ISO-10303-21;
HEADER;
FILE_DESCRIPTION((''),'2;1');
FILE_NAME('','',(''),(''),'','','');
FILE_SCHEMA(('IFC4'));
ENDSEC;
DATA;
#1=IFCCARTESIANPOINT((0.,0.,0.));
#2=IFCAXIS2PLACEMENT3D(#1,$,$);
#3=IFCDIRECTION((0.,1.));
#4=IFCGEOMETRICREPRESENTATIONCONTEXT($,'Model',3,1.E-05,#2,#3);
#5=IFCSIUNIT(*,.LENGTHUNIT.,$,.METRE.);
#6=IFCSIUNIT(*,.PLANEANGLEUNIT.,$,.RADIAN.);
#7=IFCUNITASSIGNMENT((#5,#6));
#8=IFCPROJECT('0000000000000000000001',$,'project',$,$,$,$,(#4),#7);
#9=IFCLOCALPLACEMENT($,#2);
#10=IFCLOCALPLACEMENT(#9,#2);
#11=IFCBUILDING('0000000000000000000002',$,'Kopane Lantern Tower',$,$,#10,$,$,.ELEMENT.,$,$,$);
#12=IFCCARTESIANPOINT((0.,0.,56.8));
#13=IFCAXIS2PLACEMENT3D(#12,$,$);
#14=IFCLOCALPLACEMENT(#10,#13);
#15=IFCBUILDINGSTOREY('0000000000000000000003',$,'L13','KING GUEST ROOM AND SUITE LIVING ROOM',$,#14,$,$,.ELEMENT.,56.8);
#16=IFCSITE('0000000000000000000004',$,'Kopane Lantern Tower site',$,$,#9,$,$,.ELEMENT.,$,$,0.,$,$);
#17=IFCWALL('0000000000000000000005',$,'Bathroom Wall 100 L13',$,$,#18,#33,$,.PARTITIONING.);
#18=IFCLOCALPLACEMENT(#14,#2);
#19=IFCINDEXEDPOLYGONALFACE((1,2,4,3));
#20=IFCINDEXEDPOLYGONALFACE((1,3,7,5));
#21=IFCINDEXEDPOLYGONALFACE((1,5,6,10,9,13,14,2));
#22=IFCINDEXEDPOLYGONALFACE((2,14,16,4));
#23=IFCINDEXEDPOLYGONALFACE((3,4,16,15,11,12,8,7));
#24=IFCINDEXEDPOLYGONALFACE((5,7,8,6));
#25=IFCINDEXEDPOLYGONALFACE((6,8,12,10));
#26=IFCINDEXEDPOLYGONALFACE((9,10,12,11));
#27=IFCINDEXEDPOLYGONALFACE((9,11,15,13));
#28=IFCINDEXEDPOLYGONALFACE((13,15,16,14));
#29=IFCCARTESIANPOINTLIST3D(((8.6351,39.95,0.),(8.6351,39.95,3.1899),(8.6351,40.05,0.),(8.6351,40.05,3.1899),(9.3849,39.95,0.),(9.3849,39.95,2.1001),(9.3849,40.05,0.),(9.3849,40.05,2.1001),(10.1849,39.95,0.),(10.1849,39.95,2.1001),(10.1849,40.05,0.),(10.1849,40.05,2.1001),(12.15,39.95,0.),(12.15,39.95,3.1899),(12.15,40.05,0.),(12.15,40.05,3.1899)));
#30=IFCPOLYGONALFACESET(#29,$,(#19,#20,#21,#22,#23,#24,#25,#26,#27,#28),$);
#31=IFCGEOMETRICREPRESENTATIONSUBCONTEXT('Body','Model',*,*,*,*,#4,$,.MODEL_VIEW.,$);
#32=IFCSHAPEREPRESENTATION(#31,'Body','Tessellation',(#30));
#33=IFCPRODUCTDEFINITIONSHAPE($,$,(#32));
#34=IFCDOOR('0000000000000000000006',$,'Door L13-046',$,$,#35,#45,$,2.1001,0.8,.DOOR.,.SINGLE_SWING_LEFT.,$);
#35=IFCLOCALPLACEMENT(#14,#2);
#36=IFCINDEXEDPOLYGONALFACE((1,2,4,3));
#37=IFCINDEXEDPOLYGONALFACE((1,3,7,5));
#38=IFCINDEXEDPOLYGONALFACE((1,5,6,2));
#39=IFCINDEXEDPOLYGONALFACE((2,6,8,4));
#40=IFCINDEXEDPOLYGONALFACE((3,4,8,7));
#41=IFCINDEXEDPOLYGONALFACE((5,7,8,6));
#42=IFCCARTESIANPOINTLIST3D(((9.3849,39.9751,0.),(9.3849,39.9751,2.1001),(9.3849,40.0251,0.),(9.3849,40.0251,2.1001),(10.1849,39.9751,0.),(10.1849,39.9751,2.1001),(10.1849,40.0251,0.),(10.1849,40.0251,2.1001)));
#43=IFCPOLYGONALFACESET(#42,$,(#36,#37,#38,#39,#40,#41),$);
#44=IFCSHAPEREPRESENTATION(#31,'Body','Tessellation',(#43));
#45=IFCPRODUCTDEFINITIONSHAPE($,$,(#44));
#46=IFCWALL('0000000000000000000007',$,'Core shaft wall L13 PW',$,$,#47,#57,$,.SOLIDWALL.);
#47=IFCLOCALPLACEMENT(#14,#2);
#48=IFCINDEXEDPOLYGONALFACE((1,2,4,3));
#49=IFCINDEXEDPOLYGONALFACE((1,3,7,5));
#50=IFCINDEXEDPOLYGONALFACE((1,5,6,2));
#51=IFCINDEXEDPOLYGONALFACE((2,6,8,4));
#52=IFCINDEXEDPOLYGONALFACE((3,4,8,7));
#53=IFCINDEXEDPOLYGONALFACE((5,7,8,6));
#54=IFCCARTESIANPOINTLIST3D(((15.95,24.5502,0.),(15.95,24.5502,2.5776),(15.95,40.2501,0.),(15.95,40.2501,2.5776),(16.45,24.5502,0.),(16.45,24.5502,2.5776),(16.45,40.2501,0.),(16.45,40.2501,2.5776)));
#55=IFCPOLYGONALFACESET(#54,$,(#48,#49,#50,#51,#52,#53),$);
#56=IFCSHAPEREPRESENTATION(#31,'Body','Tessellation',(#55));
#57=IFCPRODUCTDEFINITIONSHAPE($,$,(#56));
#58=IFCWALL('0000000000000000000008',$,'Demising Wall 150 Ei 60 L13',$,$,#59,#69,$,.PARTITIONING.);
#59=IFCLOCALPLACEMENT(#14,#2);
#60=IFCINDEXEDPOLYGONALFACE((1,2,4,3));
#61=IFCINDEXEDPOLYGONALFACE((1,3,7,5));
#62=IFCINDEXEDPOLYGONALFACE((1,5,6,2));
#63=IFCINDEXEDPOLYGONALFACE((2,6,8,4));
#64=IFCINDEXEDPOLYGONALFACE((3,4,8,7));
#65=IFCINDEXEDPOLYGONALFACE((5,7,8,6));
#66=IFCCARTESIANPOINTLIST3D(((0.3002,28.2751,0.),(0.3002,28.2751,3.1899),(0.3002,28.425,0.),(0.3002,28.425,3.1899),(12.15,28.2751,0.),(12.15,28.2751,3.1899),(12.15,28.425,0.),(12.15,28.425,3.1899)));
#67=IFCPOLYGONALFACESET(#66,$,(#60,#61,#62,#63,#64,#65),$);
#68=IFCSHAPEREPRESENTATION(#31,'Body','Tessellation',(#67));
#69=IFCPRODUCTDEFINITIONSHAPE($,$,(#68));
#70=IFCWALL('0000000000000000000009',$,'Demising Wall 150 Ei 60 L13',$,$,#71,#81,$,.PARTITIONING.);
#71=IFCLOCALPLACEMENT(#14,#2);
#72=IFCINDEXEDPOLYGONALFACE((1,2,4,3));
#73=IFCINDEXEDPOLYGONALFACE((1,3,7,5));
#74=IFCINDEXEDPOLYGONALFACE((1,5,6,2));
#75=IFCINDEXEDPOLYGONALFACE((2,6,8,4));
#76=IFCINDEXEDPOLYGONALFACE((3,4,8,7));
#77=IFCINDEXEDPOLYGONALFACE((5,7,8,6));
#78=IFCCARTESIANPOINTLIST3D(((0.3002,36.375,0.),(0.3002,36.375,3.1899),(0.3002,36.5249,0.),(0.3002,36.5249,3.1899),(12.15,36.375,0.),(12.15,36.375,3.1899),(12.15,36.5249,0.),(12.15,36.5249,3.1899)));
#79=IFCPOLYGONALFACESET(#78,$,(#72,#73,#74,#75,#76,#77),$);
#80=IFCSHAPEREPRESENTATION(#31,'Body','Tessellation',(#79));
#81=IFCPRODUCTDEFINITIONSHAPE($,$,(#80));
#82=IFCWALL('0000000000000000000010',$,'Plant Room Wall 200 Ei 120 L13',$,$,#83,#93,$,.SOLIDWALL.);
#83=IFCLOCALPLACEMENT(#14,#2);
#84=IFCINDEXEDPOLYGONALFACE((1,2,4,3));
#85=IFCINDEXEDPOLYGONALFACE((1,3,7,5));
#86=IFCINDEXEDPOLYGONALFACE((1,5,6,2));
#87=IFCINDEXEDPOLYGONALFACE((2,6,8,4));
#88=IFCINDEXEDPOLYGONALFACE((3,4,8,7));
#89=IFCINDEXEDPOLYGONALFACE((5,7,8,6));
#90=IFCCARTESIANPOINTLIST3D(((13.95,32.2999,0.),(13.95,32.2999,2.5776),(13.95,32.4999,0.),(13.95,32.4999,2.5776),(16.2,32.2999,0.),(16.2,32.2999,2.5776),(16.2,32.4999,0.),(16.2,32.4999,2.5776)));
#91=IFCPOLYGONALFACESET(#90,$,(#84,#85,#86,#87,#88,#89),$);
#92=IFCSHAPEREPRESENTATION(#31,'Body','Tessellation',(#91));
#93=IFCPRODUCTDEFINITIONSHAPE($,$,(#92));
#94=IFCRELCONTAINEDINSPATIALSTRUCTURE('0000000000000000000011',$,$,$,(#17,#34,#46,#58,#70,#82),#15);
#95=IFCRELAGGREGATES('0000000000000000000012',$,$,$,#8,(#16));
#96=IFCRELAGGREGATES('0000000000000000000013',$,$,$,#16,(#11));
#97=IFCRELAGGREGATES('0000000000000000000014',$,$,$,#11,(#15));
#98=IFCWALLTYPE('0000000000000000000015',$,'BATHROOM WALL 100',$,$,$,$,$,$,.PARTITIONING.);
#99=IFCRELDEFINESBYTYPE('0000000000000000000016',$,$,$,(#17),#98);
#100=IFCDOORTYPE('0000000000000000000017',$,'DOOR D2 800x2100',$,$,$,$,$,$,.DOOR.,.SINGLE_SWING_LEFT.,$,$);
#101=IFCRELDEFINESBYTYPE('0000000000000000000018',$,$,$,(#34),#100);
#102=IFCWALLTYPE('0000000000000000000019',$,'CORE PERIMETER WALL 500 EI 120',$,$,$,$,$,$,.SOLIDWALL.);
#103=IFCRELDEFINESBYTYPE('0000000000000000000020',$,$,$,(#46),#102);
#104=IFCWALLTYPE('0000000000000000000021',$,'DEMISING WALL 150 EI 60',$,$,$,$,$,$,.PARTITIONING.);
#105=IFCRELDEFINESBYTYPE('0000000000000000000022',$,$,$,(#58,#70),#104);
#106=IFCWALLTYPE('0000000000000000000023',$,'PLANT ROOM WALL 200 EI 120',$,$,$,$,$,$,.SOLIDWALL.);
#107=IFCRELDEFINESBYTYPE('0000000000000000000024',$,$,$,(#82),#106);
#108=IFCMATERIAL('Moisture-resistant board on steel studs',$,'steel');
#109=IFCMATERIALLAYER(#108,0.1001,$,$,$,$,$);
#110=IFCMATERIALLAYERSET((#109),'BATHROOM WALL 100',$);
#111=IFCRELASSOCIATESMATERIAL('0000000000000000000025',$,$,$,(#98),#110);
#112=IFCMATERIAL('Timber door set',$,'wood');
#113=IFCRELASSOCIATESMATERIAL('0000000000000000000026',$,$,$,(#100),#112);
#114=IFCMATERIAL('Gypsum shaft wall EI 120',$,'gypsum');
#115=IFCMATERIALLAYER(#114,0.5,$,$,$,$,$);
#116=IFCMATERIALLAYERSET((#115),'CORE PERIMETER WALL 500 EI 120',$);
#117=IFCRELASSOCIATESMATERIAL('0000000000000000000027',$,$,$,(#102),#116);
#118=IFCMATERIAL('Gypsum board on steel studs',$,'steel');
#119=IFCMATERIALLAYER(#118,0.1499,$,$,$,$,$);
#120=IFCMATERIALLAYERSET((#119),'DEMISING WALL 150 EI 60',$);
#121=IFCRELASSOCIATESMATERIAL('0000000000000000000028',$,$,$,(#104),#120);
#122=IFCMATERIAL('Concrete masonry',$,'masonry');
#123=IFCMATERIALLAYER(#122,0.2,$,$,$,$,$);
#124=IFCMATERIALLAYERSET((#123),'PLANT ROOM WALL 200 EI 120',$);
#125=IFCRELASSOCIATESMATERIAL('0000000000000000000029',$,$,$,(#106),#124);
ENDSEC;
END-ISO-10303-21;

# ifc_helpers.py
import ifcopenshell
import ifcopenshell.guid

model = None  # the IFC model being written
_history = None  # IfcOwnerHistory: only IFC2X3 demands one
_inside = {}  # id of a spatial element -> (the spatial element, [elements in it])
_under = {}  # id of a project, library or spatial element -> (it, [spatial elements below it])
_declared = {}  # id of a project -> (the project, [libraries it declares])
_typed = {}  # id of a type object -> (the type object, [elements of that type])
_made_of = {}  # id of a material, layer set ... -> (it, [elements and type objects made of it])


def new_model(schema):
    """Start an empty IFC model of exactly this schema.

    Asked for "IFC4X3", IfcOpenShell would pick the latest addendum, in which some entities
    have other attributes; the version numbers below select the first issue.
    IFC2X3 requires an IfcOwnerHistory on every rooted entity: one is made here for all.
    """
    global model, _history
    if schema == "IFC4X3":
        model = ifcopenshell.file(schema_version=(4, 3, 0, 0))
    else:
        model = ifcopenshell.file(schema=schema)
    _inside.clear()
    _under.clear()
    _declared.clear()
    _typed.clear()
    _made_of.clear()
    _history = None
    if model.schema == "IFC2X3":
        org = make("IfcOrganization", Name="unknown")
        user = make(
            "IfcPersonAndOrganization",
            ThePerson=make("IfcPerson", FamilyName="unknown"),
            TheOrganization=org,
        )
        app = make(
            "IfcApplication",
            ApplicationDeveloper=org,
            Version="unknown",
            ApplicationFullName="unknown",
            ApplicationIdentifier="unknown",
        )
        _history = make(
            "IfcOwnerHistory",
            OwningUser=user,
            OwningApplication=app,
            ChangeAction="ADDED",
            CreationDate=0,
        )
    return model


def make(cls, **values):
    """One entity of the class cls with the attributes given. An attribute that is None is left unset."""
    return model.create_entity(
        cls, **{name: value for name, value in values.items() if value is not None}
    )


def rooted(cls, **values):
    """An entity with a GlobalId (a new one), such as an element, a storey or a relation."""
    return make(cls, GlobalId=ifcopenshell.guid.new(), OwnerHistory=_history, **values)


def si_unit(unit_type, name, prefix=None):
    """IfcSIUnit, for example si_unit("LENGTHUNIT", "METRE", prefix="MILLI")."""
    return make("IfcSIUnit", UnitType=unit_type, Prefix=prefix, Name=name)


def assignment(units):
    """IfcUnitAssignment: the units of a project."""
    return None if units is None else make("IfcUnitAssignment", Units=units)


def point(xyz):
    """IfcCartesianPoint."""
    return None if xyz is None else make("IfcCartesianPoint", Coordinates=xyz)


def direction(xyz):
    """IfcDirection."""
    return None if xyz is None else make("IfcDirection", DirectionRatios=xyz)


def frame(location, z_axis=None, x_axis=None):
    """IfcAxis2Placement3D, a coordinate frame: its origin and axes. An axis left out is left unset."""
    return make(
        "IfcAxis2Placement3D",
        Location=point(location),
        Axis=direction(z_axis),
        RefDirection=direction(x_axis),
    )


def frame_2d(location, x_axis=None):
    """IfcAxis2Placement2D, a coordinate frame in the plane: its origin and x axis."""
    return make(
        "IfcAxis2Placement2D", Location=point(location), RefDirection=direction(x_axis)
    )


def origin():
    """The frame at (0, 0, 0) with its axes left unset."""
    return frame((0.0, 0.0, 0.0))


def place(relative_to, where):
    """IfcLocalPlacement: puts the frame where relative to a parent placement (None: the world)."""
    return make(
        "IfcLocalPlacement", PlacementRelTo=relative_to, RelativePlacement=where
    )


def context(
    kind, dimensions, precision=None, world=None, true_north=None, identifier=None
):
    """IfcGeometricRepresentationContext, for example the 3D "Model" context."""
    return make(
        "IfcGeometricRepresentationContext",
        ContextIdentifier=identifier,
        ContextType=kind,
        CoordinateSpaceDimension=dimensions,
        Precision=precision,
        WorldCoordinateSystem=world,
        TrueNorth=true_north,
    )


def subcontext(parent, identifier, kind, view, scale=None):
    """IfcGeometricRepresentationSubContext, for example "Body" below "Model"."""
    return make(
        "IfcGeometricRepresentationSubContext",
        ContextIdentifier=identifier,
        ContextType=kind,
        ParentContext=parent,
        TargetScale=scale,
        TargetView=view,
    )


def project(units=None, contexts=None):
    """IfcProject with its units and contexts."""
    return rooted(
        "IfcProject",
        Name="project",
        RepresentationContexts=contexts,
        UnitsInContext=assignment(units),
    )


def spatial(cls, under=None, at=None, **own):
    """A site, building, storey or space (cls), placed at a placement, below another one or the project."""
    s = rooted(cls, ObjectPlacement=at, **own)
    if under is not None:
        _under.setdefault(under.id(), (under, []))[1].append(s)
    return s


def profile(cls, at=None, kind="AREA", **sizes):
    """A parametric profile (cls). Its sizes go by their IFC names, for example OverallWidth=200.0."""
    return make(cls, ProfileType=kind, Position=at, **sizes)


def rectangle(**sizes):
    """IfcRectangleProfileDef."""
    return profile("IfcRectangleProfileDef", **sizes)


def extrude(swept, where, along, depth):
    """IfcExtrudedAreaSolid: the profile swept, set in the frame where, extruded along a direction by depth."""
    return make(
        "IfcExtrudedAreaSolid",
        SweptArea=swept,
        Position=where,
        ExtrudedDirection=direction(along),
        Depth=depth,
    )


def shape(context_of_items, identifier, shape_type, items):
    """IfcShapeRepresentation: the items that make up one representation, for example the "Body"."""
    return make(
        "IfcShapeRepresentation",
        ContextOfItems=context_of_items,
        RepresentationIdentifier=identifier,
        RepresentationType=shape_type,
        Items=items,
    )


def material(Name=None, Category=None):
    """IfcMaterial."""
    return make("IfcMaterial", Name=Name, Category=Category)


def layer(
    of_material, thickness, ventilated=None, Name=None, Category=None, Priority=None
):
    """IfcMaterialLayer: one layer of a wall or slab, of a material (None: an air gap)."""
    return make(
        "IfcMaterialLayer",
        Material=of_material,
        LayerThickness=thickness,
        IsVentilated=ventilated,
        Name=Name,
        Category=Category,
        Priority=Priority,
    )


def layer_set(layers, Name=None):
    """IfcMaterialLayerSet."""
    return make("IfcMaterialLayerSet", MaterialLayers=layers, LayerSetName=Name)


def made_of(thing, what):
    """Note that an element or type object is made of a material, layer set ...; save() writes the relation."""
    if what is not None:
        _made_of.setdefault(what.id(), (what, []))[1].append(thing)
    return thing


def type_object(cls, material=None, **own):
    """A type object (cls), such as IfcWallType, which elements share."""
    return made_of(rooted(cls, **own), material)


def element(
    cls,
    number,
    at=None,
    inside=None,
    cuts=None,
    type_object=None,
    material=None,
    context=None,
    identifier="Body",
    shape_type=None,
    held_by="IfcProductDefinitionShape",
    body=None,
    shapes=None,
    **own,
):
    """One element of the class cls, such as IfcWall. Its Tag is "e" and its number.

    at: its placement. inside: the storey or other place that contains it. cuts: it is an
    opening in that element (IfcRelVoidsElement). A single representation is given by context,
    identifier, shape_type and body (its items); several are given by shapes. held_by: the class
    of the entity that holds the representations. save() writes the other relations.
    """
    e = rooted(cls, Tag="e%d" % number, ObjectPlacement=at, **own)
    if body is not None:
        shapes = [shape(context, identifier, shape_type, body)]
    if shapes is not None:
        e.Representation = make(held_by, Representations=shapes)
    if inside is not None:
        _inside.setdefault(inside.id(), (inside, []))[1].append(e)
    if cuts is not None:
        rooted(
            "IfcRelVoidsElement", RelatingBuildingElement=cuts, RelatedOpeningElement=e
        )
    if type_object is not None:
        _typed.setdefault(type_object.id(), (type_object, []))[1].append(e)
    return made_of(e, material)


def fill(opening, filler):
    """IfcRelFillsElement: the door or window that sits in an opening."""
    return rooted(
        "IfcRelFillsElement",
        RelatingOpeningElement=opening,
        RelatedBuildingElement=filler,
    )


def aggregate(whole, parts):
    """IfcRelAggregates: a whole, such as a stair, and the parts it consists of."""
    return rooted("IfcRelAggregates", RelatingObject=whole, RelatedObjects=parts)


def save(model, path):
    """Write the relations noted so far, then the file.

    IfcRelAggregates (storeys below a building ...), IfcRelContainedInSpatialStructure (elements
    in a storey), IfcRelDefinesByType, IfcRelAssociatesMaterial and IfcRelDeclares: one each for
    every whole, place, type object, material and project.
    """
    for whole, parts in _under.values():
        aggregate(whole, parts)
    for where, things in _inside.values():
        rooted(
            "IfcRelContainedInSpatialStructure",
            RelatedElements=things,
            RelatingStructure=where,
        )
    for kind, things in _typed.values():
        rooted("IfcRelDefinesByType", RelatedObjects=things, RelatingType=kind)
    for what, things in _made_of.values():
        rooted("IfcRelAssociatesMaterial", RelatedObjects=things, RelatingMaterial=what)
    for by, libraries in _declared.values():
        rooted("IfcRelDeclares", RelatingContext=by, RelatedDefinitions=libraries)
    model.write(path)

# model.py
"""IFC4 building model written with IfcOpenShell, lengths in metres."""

from ifc_helpers import new_model, si_unit, direction, frame, frame_2d, origin, place, context, subcontext, project, spatial, rectangle, extrude, material, layer, layer_set, type_object, element, fill, save


model = new_model("IFC4")

# Units and contexts
model_context = context("Model", 3, precision=1e-05, world=origin(), true_north=direction((0.0, 1.0)))
body_context = subcontext(model_context, "Body", "Model", "MODEL_VIEW")
ifc_project = project(units=[si_unit("LENGTHUNIT", "METRE"), si_unit("PLANEANGLEUNIT", "RADIAN")], contexts=[model_context])

# Site, building, storey
site_placement = place(None, origin())
site = spatial("IfcSite", under=ifc_project, at=site_placement, Name="Kopane Lantern Tower site", CompositionType="ELEMENT", RefElevation=0.0)
building_placement = place(site_placement, origin())
building = spatial("IfcBuilding", under=site, at=building_placement, Name="Kopane Lantern Tower", CompositionType="ELEMENT")
storey_placement = place(building_placement, frame((0.0, 0.0, 56.8)))
storey = spatial("IfcBuildingStorey", under=building, at=storey_placement, Name="L13", Description="KING GUEST ROOM AND SUITE LIVING ROOM", CompositionType="ELEMENT", Elevation=56.8)

# Shared definitions
ifc_material_1 = material(Name="Moisture-resistant board on steel studs", Category="steel")
ifc_layer_1 = layer(ifc_material_1, 0.1001)
ifc_layer_set_1 = layer_set([ifc_layer_1], Name="BATHROOM WALL 100")
wall_type_1 = type_object("IfcWallType", Name="BATHROOM WALL 100", PredefinedType="PARTITIONING", material=ifc_layer_set_1)

# Wall, opening, door
wall_1_placement = place(storey_placement, frame((12.1499, 40.0, 0.0), z_axis=(0.0, 0.0, 1.0), x_axis=(-1.0, 0.0, 0.0)))
wall_1 = element("IfcWall", 1, at=wall_1_placement, inside=storey, type_object=wall_type_1, Name="Bathroom Wall 100 L13", PredefinedType="PARTITIONING", context=body_context, shape_type="SweptSolid", body=[
    extrude(rectangle(XDim=3.5149, YDim=0.1001, at=frame_2d((1.7573, 0.0))), origin(), (0.0, 0.0, 1.0), 3.1899),
])
opening_placement = place(wall_1_placement, frame((1.9651, 0.0, 0.0)))
opening = element("IfcOpeningElement", 2, at=opening_placement, cuts=wall_1, PredefinedType="OPENING", context=body_context, shape_type="SweptSolid", body=[
    extrude(rectangle(XDim=0.8, YDim=2.1001, at=frame_2d((0.3999, 1.05))), frame((0.0, 0.0601, 0.0), z_axis=(0.0, -1.0, 0.0), x_axis=(1.0, 0.0, 0.0)), (0.0, 0.0, 1.0), 0.1201),
])
ifc_material_2 = material(Name="Timber door set", Category="wood")
door_type = type_object("IfcDoorType", Name="DOOR D2 800x2100", OperationType="SINGLE_SWING_LEFT", PredefinedType="DOOR", material=ifc_material_2)
door_placement = place(opening_placement, origin())
door = element("IfcDoor", 3, at=door_placement, inside=storey, type_object=door_type, Name="Door L13-046", OperationType="SINGLE_SWING_LEFT", OverallHeight=2.1001, OverallWidth=0.8, PredefinedType="DOOR", context=body_context, shape_type="SweptSolid", body=[
    extrude(rectangle(XDim=0.8, YDim=2.1001, at=frame_2d((0.3999, 1.05))), frame((0.0, 0.0249, 0.0), z_axis=(0.0, -1.0, 0.0), x_axis=(1.0, 0.0, 0.0)), (0.0, 0.0, 1.0), 0.05),
])
fill(opening, door)

# Walls
ifc_material_3 = material(Name="Gypsum shaft wall EI 120", Category="gypsum")
ifc_layer_2 = layer(ifc_material_3, 0.5)
ifc_layer_set_2 = layer_set([ifc_layer_2], Name="CORE PERIMETER WALL 500 EI 120")
wall_type_2 = type_object("IfcWallType", Name="CORE PERIMETER WALL 500 EI 120", PredefinedType="SOLIDWALL", material=ifc_layer_set_2)
wall_2_placement = place(storey_placement, frame((16.2, 24.55, 0.0), z_axis=(0.0, 0.0, 1.0), x_axis=(0.0, 1.0, 0.0)))
element("IfcWall", 4, at=wall_2_placement, inside=storey, type_object=wall_type_2, Name="Core shaft wall L13 PW", PredefinedType="SOLIDWALL", context=body_context, shape_type="SweptSolid", body=[
    extrude(rectangle(XDim=15.7, YDim=0.5, at=frame_2d((7.8501, 0.0))), origin(), (0.0, 0.0, 1.0), 2.5776),
])
ifc_material_4 = material(Name="Gypsum board on steel studs", Category="steel")
ifc_layer_3 = layer(ifc_material_4, 0.1499)
ifc_layer_set_3 = layer_set([ifc_layer_3], Name="DEMISING WALL 150 EI 60")
wall_type_3 = type_object("IfcWallType", Name="DEMISING WALL 150 EI 60", PredefinedType="PARTITIONING", material=ifc_layer_set_3)
for number, where, z_axis, x_axis, name in (
    (5, (12.1499, 28.3501, 0.0), (0.0, 0.0, 1.0), (-1.0, 0.0, 0.0), "Demising Wall 150 Ei 60 L13"),
    (6, (12.1499, 36.45, 0.0), (0.0, 0.0, 1.0), (-1.0, 0.0, 0.0), "Demising Wall 150 Ei 60 L13"),
):
    element("IfcWall", number, at=place(storey_placement, frame(where, z_axis=z_axis, x_axis=x_axis)), inside=storey, type_object=wall_type_3, Name=name, PredefinedType="PARTITIONING", context=body_context, shape_type="SweptSolid", body=[
        extrude(rectangle(XDim=11.8499, YDim=0.1499, at=frame_2d((5.9248, 0.0))), origin(), (0.0, 0.0, 1.0), 3.1899),
    ])
ifc_material_5 = material(Name="Concrete masonry", Category="masonry")
ifc_layer_4 = layer(ifc_material_5, 0.2)
ifc_layer_set_4 = layer_set([ifc_layer_4], Name="PLANT ROOM WALL 200 EI 120")
wall_type_4 = type_object("IfcWallType", Name="PLANT ROOM WALL 200 EI 120", PredefinedType="SOLIDWALL", material=ifc_layer_set_4)
wall_3_placement = place(storey_placement, frame((13.95, 32.3999, 0.0), z_axis=(0.0, 0.0, 1.0), x_axis=(1.0, 0.0, 0.0)))
element("IfcWall", 7, at=wall_3_placement, inside=storey, type_object=wall_type_4, Name="Plant Room Wall 200 Ei 120 L13", PredefinedType="SOLIDWALL", context=body_context, shape_type="SweptSolid", body=[
    extrude(rectangle(XDim=2.25, YDim=0.2, at=frame_2d((1.125, 0.0))), origin(), (0.0, 0.0, 1.0), 2.5776),
])

save(model, "model.ifc")
